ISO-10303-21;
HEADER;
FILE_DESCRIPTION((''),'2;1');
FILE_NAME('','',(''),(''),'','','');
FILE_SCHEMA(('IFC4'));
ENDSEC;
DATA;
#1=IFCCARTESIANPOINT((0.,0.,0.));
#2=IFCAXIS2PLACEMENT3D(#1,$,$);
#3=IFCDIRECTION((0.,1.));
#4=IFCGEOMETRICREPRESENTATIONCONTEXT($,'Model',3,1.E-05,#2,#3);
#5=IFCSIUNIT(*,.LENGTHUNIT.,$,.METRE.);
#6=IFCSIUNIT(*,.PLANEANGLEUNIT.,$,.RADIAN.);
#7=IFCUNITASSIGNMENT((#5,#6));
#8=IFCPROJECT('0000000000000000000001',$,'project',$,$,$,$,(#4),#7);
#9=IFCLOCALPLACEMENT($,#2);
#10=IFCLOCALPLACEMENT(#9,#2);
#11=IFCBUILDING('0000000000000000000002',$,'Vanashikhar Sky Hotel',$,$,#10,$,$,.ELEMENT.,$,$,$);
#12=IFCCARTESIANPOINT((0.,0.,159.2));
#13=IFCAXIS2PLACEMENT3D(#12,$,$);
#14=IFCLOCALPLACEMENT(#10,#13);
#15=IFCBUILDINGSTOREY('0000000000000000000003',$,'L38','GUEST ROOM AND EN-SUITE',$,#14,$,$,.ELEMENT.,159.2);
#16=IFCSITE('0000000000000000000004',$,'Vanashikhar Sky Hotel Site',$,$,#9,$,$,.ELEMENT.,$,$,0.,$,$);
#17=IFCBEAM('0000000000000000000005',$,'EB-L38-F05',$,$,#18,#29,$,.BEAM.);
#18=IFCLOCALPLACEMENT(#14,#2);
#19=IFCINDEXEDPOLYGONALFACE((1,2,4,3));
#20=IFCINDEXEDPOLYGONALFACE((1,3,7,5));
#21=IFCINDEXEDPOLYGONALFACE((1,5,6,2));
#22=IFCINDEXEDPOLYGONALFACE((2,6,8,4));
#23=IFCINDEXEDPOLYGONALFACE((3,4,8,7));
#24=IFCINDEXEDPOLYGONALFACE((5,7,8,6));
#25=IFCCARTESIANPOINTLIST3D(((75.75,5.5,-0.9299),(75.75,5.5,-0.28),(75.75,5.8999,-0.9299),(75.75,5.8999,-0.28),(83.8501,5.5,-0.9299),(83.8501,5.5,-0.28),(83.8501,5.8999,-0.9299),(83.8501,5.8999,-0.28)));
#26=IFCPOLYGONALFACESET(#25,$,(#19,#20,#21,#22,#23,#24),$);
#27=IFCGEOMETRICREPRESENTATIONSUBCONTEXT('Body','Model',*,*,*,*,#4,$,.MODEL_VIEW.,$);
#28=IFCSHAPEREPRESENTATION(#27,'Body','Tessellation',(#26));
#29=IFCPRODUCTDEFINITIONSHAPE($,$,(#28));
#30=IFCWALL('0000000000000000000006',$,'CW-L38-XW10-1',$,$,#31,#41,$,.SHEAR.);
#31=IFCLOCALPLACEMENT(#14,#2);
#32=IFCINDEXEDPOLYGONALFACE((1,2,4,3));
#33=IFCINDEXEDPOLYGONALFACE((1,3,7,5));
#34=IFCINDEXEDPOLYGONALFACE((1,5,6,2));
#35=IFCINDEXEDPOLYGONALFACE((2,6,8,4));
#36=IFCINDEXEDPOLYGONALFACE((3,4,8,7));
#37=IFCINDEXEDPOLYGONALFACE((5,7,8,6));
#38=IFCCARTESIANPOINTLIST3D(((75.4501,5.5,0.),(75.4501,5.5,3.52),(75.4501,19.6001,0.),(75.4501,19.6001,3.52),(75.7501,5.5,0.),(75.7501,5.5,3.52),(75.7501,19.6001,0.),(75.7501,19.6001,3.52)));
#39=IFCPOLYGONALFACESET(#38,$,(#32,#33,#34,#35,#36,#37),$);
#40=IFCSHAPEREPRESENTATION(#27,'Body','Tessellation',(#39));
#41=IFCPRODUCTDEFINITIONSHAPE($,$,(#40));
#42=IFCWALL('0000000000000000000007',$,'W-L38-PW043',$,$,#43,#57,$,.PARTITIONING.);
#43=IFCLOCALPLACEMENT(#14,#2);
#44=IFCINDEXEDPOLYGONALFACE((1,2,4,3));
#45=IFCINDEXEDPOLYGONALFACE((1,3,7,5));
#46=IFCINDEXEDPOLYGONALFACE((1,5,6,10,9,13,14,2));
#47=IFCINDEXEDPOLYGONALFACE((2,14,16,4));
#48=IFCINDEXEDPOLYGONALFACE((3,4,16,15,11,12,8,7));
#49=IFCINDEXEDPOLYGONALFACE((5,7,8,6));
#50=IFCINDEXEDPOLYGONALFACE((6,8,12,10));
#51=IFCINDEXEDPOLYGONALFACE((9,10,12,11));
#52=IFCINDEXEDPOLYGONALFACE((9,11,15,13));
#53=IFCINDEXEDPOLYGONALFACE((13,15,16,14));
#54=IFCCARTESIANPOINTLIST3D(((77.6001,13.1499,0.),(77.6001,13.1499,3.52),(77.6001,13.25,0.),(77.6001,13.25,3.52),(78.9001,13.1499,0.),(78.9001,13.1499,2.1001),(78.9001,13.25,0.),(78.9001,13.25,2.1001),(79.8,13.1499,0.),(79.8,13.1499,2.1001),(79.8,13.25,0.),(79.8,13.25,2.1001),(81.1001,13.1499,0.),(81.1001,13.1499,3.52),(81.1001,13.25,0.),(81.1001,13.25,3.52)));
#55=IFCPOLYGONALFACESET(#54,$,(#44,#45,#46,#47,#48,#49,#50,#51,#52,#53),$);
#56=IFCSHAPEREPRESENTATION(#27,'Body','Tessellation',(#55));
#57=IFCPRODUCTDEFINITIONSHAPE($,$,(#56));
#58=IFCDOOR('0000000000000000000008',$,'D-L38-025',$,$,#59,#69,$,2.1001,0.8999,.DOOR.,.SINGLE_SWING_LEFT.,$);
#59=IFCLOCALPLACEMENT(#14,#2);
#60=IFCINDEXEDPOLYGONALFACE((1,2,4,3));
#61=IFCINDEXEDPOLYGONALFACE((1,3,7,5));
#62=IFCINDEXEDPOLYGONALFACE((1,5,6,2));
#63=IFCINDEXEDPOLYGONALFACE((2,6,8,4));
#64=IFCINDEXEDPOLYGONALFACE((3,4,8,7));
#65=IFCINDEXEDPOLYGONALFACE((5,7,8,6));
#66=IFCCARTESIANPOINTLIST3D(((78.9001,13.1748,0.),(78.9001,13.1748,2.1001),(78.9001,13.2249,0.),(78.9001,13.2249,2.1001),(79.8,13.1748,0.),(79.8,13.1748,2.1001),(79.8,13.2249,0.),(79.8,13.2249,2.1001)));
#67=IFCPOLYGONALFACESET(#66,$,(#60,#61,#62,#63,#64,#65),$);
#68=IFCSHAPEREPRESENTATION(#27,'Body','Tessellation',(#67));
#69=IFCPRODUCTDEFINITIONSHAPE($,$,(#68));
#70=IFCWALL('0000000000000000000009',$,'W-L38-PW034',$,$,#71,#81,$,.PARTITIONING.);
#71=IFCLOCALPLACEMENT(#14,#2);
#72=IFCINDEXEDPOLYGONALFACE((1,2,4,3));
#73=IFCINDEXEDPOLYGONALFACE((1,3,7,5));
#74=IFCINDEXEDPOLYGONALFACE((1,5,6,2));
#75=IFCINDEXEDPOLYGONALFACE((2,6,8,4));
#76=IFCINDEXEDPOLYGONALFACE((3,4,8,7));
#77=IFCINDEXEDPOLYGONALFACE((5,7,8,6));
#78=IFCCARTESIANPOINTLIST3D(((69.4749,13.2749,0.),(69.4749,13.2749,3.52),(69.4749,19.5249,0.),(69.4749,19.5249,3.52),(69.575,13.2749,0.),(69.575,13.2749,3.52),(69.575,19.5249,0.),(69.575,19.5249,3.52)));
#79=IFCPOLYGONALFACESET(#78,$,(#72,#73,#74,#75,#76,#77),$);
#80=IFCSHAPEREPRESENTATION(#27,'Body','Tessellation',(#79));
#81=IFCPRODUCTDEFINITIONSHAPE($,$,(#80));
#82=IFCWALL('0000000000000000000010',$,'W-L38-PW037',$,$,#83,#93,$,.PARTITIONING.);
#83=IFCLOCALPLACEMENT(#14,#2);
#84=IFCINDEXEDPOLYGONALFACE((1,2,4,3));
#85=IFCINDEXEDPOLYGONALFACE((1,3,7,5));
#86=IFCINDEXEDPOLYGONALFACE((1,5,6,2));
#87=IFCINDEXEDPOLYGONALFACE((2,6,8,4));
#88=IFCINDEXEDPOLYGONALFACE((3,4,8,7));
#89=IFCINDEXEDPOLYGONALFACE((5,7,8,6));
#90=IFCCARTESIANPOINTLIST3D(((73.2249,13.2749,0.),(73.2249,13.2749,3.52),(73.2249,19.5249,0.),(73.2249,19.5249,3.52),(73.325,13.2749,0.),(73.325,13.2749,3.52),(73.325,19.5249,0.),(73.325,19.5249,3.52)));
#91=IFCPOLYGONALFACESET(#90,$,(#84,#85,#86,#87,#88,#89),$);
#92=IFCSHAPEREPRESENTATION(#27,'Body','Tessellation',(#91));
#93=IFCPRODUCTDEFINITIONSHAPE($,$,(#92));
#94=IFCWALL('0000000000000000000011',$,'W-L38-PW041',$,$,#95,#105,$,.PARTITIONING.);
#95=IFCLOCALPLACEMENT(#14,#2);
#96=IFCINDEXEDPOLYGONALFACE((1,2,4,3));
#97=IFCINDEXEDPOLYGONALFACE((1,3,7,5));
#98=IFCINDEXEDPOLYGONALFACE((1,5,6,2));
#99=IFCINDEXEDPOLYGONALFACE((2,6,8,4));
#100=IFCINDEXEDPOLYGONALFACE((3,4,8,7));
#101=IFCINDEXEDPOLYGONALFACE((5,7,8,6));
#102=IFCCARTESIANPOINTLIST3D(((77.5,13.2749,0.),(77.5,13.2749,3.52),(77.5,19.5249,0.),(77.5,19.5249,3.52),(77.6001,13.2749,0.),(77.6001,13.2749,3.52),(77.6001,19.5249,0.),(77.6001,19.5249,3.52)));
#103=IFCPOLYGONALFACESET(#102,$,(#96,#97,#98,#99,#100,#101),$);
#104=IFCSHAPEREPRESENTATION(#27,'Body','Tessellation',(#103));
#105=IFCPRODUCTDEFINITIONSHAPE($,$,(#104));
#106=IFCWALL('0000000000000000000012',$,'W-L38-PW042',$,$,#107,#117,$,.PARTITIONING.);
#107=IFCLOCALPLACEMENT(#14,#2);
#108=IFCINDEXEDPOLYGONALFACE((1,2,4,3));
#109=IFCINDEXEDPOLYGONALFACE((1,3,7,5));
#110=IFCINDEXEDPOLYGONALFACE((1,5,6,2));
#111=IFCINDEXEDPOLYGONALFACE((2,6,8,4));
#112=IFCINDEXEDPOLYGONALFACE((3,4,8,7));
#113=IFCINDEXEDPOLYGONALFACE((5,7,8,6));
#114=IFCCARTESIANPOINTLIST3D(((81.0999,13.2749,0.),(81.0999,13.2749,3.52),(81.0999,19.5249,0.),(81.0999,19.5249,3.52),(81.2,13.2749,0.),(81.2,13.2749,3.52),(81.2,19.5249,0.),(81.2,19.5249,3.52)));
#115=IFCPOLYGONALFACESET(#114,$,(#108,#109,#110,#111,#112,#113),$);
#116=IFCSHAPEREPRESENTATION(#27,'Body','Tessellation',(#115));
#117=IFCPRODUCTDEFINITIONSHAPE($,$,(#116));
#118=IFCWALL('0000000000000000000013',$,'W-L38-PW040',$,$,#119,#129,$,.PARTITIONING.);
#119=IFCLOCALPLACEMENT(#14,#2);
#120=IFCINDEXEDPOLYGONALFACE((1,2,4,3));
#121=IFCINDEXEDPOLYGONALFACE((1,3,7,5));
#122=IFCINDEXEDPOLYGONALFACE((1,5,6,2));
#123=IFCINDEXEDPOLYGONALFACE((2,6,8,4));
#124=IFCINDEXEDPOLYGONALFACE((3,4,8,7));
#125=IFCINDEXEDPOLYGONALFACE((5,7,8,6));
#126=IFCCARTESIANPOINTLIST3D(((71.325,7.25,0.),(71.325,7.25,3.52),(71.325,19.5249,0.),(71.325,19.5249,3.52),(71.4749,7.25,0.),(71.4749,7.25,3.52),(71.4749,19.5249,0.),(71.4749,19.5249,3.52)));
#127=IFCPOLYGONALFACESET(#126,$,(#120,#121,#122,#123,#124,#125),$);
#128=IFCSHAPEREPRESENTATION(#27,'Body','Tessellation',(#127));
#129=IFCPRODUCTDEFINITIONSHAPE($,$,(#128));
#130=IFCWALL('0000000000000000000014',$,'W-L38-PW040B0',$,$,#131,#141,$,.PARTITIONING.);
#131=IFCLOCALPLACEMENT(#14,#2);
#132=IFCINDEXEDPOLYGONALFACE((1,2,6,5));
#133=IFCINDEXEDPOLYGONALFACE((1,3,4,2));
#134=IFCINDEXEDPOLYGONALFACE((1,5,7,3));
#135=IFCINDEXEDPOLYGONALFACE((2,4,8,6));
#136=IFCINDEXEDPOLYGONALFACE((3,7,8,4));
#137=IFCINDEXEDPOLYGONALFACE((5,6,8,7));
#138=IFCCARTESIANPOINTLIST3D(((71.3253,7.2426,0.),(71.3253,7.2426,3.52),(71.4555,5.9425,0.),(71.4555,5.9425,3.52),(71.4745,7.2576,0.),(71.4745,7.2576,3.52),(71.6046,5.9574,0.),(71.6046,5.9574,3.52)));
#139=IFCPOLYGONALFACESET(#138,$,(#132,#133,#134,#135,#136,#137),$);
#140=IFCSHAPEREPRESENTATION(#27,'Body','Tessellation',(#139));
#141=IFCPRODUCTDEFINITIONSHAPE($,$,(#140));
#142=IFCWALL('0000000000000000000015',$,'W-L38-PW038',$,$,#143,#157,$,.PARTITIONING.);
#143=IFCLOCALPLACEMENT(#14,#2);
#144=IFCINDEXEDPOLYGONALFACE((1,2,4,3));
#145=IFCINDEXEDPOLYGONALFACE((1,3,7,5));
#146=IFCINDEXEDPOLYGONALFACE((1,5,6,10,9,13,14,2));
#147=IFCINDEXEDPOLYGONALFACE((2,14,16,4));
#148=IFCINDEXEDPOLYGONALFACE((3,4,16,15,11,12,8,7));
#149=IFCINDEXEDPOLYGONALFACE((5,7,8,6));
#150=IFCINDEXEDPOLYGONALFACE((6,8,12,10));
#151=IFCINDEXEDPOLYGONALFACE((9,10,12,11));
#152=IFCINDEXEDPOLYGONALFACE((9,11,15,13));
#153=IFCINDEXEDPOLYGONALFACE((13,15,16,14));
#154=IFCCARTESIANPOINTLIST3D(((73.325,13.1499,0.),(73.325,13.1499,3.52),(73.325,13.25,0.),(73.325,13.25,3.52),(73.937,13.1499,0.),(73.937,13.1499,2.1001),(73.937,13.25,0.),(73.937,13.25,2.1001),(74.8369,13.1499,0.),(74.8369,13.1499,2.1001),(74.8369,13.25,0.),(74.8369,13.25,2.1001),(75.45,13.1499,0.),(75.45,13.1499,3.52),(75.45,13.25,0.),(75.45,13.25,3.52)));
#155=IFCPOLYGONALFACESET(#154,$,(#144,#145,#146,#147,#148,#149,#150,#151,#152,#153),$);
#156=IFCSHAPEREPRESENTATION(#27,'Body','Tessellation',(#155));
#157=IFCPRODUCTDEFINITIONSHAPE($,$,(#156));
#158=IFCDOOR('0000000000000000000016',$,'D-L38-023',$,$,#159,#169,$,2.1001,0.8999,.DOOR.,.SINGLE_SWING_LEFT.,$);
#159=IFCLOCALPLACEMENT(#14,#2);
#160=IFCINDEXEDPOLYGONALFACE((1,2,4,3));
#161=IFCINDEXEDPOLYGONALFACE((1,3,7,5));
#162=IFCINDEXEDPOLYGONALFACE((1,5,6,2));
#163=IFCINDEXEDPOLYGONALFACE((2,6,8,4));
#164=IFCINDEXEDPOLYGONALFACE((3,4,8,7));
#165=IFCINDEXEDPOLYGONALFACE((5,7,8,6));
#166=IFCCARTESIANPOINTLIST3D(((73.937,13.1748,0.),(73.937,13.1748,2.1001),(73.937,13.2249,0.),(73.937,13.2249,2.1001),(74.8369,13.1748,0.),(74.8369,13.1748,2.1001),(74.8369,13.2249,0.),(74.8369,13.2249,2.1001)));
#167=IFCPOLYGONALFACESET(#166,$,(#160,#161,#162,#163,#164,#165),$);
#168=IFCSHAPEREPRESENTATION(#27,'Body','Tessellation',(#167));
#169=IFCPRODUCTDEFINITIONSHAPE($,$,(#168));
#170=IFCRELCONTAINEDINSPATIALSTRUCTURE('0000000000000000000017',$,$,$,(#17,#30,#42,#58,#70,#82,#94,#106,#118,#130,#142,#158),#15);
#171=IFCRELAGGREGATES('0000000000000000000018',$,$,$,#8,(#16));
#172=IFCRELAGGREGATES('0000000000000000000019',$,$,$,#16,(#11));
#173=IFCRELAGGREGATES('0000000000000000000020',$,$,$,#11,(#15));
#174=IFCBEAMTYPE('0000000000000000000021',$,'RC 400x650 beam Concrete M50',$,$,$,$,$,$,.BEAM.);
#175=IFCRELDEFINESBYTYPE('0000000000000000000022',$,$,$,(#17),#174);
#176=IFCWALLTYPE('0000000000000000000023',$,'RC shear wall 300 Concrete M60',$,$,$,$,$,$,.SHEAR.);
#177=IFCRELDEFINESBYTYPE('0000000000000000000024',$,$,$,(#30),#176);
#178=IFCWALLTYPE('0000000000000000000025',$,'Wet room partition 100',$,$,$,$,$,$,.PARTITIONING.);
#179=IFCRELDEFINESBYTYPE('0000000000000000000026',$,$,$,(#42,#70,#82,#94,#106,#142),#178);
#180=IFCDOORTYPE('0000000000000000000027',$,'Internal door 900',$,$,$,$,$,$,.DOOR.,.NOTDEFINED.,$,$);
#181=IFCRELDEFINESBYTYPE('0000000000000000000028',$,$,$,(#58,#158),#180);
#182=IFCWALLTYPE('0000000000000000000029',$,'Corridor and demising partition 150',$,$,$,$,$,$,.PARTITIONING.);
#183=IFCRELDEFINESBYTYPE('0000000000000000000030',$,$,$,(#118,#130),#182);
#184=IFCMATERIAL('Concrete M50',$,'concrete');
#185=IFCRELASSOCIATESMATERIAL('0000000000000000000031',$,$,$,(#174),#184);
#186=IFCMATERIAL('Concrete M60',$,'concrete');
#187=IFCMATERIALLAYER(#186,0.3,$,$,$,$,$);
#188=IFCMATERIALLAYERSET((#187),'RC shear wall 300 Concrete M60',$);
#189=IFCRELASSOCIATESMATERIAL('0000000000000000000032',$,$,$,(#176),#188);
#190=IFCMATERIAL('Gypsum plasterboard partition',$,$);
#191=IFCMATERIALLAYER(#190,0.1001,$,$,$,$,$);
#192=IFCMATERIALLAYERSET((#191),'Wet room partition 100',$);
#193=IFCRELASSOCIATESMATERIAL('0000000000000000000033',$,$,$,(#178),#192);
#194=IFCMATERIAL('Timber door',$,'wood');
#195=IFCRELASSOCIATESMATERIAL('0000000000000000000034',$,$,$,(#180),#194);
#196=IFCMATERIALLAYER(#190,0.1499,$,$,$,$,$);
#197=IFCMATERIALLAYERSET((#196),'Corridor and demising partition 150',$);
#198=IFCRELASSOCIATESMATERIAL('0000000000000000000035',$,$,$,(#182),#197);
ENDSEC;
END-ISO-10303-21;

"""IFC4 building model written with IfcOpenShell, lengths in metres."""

from ifc_helpers import new_model, si_unit, direction, frame, frame_2d, origin, origin_2d, place, context, subcontext, project, spatial, rectangle, extrude, source, transform, mapped, material, layer, layer_set, material_profile, profile_set, type_object, element, fill, save


model = new_model("IFC4")

# Units and contexts
model_context = context("Model", 3, precision=1e-05, world=origin(), true_north=direction((0.0, 1.0)))
body_context = subcontext(model_context, "Body", "Model", "MODEL_VIEW")
ifc_project = project(units=[si_unit("LENGTHUNIT", "METRE"), si_unit("PLANEANGLEUNIT", "RADIAN")], contexts=[model_context])

# Site, building, storey
site_placement = place(None, origin())
site = spatial("IfcSite", under=ifc_project, at=site_placement, Name="Vanashikhar Sky Hotel Site", CompositionType="ELEMENT", RefElevation=0.0)
building_placement = place(site_placement, origin())
building = spatial("IfcBuilding", under=site, at=building_placement, Name="Vanashikhar Sky Hotel", CompositionType="ELEMENT")
storey_placement = place(building_placement, frame((0.0, 0.0, 159.2)))
storey = spatial("IfcBuildingStorey", under=building, at=storey_placement, Name="L38", Description="GUEST ROOM AND EN-SUITE", CompositionType="ELEMENT", Elevation=159.2)

# Beam
ifc_material_1 = material(Name="Concrete M50", Category="concrete")
ifc_material_profile = material_profile(ifc_material_1, rectangle(XDim=0.3999, YDim=0.6499, at=origin_2d()))
ifc_profile_set = profile_set([ifc_material_profile], Name="RC 400x650 beam Concrete M50")
beam_type = type_object("IfcBeamType", Name="RC 400x650 beam Concrete M50", PredefinedType="BEAM", material=ifc_profile_set)
shared_shape_1 = source(origin(), body_context, "Body", "SweptSolid", [
    extrude(rectangle(XDim=0.3999, YDim=0.6499, at=origin_2d()), origin(), (0.0, 0.0, 1.0), 8.1001),
])
beam_placement = place(storey_placement, frame((75.75, 5.7, -0.605), z_axis=(1.0, 0.0, 0.0), x_axis=(0.0, 1.0, 0.0)))
element("IfcBeam", 1, at=beam_placement, inside=storey, type_object=beam_type, Name="EB-L38-F05", PredefinedType="BEAM", context=body_context, shape_type="MappedRepresentation", body=[
    mapped(shared_shape_1, transform((0.0, 0.0, 0.0), scale=1.0)),
])

# Wall
ifc_material_2 = material(Name="Concrete M60", Category="concrete")
ifc_layer_1 = layer(ifc_material_2, 0.3)
ifc_layer_set_1 = layer_set([ifc_layer_1], Name="RC shear wall 300 Concrete M60")
wall_type_1 = type_object("IfcWallType", Name="RC shear wall 300 Concrete M60", PredefinedType="SHEAR", material=ifc_layer_set_1)
shared_shape_2 = source(origin(), body_context, "Body", "SweptSolid", [
    extrude(rectangle(XDim=14.1001, YDim=0.3, at=frame_2d((7.05, 0.0))), origin(), (0.0, 0.0, 1.0), 3.52),
])
wall_1_placement = place(storey_placement, frame((75.6001, 5.5, 0.0), z_axis=(0.0, 0.0, 1.0), x_axis=(0.0, 1.0, 0.0)))
element("IfcWall", 2, at=wall_1_placement, inside=storey, type_object=wall_type_1, Name="CW-L38-XW10-1", PredefinedType="SHEAR", context=body_context, shape_type="MappedRepresentation", body=[
    mapped(shared_shape_2, transform((0.0, 0.0, 0.0), scale=1.0)),
])

# Wall, opening, door
ifc_material_3 = material(Name="Gypsum plasterboard partition")
ifc_layer_2 = layer(ifc_material_3, 0.1001)
ifc_layer_set_2 = layer_set([ifc_layer_2], Name="Wet room partition 100")
wall_type_2 = type_object("IfcWallType", Name="Wet room partition 100", PredefinedType="PARTITIONING", material=ifc_layer_set_2)
shared_shape_3 = source(origin(), body_context, "Body", "SweptSolid", [
    extrude(rectangle(XDim=3.5, YDim=0.1001, at=frame_2d((1.75, 0.0))), origin(), (0.0, 0.0, 1.0), 3.52),
])
wall_2_placement = place(storey_placement, frame((77.6001, 13.2, 0.0), z_axis=(0.0, 0.0, 1.0), x_axis=(1.0, 0.0, 0.0)))
wall_2 = element("IfcWall", 3, at=wall_2_placement, inside=storey, type_object=wall_type_2, Name="W-L38-PW043", PredefinedType="PARTITIONING", context=body_context, shape_type="MappedRepresentation", body=[
    mapped(shared_shape_3, transform((0.0, 0.0, 0.0), scale=1.0)),
])
shared_shape_4 = source(origin(), body_context, "Body", "SweptSolid", [
    extrude(rectangle(XDim=0.8999, YDim=2.1001, at=frame_2d((0.45, 1.05))), frame((0.0, 0.0601, 0.0), z_axis=(0.0, -1.0, 0.0), x_axis=(1.0, 0.0, 0.0)), (0.0, 0.0, 1.0), 0.1201),
])
opening_1_placement = place(wall_2_placement, frame((1.3, 0.0, 0.0)))
opening_1 = element("IfcOpeningElement", 4, at=opening_1_placement, cuts=wall_2, PredefinedType="OPENING", context=body_context, shape_type="MappedRepresentation", body=[
    mapped(shared_shape_4, transform((0.0, 0.0, 0.0), scale=1.0)),
])
ifc_material_4 = material(Name="Timber door", Category="wood")
door_type_1 = type_object("IfcDoorType", Name="Internal door 900", OperationType="NOTDEFINED", PredefinedType="DOOR", material=ifc_material_4)
shared_shape_5 = source(origin(), body_context, "Body", "SweptSolid", [
    extrude(rectangle(XDim=0.8999, YDim=2.1001, at=frame_2d((0.45, 1.05))), frame((0.0, 0.0249, 0.0), z_axis=(0.0, -1.0, 0.0), x_axis=(1.0, 0.0, 0.0)), (0.0, 0.0, 1.0), 0.05),
])
door_1_placement = place(opening_1_placement, origin())
door_1 = element("IfcDoor", 5, at=door_1_placement, inside=storey, type_object=door_type_1, Name="D-L38-025", OperationType="SINGLE_SWING_LEFT", OverallHeight=2.1001, OverallWidth=0.8999, PredefinedType="DOOR", context=body_context, shape_type="MappedRepresentation", body=[
    mapped(shared_shape_5, transform((0.0, 0.0, 0.0), scale=1.0)),
])
fill(opening_1, door_1)

# Walls
shared_shape_6 = source(origin(), body_context, "Body", "SweptSolid", [
    extrude(rectangle(XDim=6.25, YDim=0.1001, at=frame_2d((3.125, 0.0))), origin(), (0.0, 0.0, 1.0), 3.52),
])
for number, where, z_axis, x_axis, name in (
    (6, (69.5249, 13.2749, 0.0), (0.0, 0.0, 1.0), (0.0, 1.0, 0.0), "W-L38-PW034"),
    (7, (73.2749, 13.2749, 0.0), (0.0, 0.0, 1.0), (0.0, 1.0, 0.0), "W-L38-PW037"),
    (8, (77.55, 13.2749, 0.0), (0.0, 0.0, 1.0), (0.0, 1.0, 0.0), "W-L38-PW041"),
    (9, (81.1499, 13.2749, 0.0), (0.0, 0.0, 1.0), (0.0, 1.0, 0.0), "W-L38-PW042"),
):
    element("IfcWall", number, at=place(storey_placement, frame(where, z_axis=z_axis, x_axis=x_axis)), inside=storey, type_object=wall_type_2, Name=name, PredefinedType="PARTITIONING", context=body_context, shape_type="MappedRepresentation", body=[
        mapped(shared_shape_6, transform((0.0, 0.0, 0.0), scale=1.0)),
    ])
ifc_layer_3 = layer(ifc_material_3, 0.1499)
ifc_layer_set_3 = layer_set([ifc_layer_3], Name="Corridor and demising partition 150")
wall_type_3 = type_object("IfcWallType", Name="Corridor and demising partition 150", PredefinedType="PARTITIONING", material=ifc_layer_set_3)
shared_shape_7 = source(origin(), body_context, "Body", "SweptSolid", [
    extrude(rectangle(XDim=12.2749, YDim=0.1499, at=frame_2d((6.1375, 0.0))), origin(), (0.0, 0.0, 1.0), 3.52),
])
wall_3_placement = place(storey_placement, frame((71.3999, 7.25, 0.0), z_axis=(0.0, 0.0, 1.0), x_axis=(0.0, 1.0, 0.0)))
element("IfcWall", 10, at=wall_3_placement, inside=storey, type_object=wall_type_3, Name="W-L38-PW040", PredefinedType="PARTITIONING", context=body_context, shape_type="MappedRepresentation", body=[
    mapped(shared_shape_7, transform((0.0, 0.0, 0.0), scale=1.0)),
])
shared_shape_8 = source(origin(), body_context, "Body", "SweptSolid", [
    extrude(rectangle(XDim=1.3066, YDim=0.1499, at=frame_2d((0.6533, 0.0))), origin(), (0.0, 0.0, 1.0), 3.52),
])
wall_4_placement = place(storey_placement, frame((71.53, 5.95, 0.0), z_axis=(0.0, 0.0, 1.0), x_axis=(-0.099596, 0.995028, 0.0)))
element("IfcWall", 11, at=wall_4_placement, inside=storey, type_object=wall_type_3, Name="W-L38-PW040B0", PredefinedType="PARTITIONING", context=body_context, shape_type="MappedRepresentation", body=[
    mapped(shared_shape_8, transform((0.0, 0.0, 0.0), scale=1.0)),
])

# Wall, opening, door
shared_shape_9 = source(origin(), body_context, "Body", "SweptSolid", [
    extrude(rectangle(XDim=2.125, YDim=0.1001, at=frame_2d((1.0625, 0.0))), origin(), (0.0, 0.0, 1.0), 3.52),
])
wall_5_placement = place(storey_placement, frame((73.325, 13.2, 0.0), z_axis=(0.0, 0.0, 1.0), x_axis=(1.0, 0.0, 0.0)))
wall_5 = element("IfcWall", 12, at=wall_5_placement, inside=storey, type_object=wall_type_2, Name="W-L38-PW038", PredefinedType="PARTITIONING", context=body_context, shape_type="MappedRepresentation", body=[
    mapped(shared_shape_9, transform((0.0, 0.0, 0.0), scale=1.0)),
])
opening_2_placement = place(wall_5_placement, frame((0.6121, 0.0, 0.0)))
opening_2 = element("IfcOpeningElement", 13, at=opening_2_placement, cuts=wall_5, PredefinedType="OPENING", context=body_context, shape_type="MappedRepresentation", body=[
    mapped(shared_shape_4, transform((0.0, 0.0, 0.0), scale=1.0)),
])
door_2_placement = place(opening_2_placement, origin())
door_2 = element("IfcDoor", 14, at=door_2_placement, inside=storey, type_object=door_type_1, Name="D-L38-023", OperationType="SINGLE_SWING_LEFT", OverallHeight=2.1001, OverallWidth=0.8999, PredefinedType="DOOR", context=body_context, shape_type="MappedRepresentation", body=[
    mapped(shared_shape_5, transform((0.0, 0.0, 0.0), scale=1.0)),
])
fill(opening_2, door_2)

save(model, "model.ifc")
